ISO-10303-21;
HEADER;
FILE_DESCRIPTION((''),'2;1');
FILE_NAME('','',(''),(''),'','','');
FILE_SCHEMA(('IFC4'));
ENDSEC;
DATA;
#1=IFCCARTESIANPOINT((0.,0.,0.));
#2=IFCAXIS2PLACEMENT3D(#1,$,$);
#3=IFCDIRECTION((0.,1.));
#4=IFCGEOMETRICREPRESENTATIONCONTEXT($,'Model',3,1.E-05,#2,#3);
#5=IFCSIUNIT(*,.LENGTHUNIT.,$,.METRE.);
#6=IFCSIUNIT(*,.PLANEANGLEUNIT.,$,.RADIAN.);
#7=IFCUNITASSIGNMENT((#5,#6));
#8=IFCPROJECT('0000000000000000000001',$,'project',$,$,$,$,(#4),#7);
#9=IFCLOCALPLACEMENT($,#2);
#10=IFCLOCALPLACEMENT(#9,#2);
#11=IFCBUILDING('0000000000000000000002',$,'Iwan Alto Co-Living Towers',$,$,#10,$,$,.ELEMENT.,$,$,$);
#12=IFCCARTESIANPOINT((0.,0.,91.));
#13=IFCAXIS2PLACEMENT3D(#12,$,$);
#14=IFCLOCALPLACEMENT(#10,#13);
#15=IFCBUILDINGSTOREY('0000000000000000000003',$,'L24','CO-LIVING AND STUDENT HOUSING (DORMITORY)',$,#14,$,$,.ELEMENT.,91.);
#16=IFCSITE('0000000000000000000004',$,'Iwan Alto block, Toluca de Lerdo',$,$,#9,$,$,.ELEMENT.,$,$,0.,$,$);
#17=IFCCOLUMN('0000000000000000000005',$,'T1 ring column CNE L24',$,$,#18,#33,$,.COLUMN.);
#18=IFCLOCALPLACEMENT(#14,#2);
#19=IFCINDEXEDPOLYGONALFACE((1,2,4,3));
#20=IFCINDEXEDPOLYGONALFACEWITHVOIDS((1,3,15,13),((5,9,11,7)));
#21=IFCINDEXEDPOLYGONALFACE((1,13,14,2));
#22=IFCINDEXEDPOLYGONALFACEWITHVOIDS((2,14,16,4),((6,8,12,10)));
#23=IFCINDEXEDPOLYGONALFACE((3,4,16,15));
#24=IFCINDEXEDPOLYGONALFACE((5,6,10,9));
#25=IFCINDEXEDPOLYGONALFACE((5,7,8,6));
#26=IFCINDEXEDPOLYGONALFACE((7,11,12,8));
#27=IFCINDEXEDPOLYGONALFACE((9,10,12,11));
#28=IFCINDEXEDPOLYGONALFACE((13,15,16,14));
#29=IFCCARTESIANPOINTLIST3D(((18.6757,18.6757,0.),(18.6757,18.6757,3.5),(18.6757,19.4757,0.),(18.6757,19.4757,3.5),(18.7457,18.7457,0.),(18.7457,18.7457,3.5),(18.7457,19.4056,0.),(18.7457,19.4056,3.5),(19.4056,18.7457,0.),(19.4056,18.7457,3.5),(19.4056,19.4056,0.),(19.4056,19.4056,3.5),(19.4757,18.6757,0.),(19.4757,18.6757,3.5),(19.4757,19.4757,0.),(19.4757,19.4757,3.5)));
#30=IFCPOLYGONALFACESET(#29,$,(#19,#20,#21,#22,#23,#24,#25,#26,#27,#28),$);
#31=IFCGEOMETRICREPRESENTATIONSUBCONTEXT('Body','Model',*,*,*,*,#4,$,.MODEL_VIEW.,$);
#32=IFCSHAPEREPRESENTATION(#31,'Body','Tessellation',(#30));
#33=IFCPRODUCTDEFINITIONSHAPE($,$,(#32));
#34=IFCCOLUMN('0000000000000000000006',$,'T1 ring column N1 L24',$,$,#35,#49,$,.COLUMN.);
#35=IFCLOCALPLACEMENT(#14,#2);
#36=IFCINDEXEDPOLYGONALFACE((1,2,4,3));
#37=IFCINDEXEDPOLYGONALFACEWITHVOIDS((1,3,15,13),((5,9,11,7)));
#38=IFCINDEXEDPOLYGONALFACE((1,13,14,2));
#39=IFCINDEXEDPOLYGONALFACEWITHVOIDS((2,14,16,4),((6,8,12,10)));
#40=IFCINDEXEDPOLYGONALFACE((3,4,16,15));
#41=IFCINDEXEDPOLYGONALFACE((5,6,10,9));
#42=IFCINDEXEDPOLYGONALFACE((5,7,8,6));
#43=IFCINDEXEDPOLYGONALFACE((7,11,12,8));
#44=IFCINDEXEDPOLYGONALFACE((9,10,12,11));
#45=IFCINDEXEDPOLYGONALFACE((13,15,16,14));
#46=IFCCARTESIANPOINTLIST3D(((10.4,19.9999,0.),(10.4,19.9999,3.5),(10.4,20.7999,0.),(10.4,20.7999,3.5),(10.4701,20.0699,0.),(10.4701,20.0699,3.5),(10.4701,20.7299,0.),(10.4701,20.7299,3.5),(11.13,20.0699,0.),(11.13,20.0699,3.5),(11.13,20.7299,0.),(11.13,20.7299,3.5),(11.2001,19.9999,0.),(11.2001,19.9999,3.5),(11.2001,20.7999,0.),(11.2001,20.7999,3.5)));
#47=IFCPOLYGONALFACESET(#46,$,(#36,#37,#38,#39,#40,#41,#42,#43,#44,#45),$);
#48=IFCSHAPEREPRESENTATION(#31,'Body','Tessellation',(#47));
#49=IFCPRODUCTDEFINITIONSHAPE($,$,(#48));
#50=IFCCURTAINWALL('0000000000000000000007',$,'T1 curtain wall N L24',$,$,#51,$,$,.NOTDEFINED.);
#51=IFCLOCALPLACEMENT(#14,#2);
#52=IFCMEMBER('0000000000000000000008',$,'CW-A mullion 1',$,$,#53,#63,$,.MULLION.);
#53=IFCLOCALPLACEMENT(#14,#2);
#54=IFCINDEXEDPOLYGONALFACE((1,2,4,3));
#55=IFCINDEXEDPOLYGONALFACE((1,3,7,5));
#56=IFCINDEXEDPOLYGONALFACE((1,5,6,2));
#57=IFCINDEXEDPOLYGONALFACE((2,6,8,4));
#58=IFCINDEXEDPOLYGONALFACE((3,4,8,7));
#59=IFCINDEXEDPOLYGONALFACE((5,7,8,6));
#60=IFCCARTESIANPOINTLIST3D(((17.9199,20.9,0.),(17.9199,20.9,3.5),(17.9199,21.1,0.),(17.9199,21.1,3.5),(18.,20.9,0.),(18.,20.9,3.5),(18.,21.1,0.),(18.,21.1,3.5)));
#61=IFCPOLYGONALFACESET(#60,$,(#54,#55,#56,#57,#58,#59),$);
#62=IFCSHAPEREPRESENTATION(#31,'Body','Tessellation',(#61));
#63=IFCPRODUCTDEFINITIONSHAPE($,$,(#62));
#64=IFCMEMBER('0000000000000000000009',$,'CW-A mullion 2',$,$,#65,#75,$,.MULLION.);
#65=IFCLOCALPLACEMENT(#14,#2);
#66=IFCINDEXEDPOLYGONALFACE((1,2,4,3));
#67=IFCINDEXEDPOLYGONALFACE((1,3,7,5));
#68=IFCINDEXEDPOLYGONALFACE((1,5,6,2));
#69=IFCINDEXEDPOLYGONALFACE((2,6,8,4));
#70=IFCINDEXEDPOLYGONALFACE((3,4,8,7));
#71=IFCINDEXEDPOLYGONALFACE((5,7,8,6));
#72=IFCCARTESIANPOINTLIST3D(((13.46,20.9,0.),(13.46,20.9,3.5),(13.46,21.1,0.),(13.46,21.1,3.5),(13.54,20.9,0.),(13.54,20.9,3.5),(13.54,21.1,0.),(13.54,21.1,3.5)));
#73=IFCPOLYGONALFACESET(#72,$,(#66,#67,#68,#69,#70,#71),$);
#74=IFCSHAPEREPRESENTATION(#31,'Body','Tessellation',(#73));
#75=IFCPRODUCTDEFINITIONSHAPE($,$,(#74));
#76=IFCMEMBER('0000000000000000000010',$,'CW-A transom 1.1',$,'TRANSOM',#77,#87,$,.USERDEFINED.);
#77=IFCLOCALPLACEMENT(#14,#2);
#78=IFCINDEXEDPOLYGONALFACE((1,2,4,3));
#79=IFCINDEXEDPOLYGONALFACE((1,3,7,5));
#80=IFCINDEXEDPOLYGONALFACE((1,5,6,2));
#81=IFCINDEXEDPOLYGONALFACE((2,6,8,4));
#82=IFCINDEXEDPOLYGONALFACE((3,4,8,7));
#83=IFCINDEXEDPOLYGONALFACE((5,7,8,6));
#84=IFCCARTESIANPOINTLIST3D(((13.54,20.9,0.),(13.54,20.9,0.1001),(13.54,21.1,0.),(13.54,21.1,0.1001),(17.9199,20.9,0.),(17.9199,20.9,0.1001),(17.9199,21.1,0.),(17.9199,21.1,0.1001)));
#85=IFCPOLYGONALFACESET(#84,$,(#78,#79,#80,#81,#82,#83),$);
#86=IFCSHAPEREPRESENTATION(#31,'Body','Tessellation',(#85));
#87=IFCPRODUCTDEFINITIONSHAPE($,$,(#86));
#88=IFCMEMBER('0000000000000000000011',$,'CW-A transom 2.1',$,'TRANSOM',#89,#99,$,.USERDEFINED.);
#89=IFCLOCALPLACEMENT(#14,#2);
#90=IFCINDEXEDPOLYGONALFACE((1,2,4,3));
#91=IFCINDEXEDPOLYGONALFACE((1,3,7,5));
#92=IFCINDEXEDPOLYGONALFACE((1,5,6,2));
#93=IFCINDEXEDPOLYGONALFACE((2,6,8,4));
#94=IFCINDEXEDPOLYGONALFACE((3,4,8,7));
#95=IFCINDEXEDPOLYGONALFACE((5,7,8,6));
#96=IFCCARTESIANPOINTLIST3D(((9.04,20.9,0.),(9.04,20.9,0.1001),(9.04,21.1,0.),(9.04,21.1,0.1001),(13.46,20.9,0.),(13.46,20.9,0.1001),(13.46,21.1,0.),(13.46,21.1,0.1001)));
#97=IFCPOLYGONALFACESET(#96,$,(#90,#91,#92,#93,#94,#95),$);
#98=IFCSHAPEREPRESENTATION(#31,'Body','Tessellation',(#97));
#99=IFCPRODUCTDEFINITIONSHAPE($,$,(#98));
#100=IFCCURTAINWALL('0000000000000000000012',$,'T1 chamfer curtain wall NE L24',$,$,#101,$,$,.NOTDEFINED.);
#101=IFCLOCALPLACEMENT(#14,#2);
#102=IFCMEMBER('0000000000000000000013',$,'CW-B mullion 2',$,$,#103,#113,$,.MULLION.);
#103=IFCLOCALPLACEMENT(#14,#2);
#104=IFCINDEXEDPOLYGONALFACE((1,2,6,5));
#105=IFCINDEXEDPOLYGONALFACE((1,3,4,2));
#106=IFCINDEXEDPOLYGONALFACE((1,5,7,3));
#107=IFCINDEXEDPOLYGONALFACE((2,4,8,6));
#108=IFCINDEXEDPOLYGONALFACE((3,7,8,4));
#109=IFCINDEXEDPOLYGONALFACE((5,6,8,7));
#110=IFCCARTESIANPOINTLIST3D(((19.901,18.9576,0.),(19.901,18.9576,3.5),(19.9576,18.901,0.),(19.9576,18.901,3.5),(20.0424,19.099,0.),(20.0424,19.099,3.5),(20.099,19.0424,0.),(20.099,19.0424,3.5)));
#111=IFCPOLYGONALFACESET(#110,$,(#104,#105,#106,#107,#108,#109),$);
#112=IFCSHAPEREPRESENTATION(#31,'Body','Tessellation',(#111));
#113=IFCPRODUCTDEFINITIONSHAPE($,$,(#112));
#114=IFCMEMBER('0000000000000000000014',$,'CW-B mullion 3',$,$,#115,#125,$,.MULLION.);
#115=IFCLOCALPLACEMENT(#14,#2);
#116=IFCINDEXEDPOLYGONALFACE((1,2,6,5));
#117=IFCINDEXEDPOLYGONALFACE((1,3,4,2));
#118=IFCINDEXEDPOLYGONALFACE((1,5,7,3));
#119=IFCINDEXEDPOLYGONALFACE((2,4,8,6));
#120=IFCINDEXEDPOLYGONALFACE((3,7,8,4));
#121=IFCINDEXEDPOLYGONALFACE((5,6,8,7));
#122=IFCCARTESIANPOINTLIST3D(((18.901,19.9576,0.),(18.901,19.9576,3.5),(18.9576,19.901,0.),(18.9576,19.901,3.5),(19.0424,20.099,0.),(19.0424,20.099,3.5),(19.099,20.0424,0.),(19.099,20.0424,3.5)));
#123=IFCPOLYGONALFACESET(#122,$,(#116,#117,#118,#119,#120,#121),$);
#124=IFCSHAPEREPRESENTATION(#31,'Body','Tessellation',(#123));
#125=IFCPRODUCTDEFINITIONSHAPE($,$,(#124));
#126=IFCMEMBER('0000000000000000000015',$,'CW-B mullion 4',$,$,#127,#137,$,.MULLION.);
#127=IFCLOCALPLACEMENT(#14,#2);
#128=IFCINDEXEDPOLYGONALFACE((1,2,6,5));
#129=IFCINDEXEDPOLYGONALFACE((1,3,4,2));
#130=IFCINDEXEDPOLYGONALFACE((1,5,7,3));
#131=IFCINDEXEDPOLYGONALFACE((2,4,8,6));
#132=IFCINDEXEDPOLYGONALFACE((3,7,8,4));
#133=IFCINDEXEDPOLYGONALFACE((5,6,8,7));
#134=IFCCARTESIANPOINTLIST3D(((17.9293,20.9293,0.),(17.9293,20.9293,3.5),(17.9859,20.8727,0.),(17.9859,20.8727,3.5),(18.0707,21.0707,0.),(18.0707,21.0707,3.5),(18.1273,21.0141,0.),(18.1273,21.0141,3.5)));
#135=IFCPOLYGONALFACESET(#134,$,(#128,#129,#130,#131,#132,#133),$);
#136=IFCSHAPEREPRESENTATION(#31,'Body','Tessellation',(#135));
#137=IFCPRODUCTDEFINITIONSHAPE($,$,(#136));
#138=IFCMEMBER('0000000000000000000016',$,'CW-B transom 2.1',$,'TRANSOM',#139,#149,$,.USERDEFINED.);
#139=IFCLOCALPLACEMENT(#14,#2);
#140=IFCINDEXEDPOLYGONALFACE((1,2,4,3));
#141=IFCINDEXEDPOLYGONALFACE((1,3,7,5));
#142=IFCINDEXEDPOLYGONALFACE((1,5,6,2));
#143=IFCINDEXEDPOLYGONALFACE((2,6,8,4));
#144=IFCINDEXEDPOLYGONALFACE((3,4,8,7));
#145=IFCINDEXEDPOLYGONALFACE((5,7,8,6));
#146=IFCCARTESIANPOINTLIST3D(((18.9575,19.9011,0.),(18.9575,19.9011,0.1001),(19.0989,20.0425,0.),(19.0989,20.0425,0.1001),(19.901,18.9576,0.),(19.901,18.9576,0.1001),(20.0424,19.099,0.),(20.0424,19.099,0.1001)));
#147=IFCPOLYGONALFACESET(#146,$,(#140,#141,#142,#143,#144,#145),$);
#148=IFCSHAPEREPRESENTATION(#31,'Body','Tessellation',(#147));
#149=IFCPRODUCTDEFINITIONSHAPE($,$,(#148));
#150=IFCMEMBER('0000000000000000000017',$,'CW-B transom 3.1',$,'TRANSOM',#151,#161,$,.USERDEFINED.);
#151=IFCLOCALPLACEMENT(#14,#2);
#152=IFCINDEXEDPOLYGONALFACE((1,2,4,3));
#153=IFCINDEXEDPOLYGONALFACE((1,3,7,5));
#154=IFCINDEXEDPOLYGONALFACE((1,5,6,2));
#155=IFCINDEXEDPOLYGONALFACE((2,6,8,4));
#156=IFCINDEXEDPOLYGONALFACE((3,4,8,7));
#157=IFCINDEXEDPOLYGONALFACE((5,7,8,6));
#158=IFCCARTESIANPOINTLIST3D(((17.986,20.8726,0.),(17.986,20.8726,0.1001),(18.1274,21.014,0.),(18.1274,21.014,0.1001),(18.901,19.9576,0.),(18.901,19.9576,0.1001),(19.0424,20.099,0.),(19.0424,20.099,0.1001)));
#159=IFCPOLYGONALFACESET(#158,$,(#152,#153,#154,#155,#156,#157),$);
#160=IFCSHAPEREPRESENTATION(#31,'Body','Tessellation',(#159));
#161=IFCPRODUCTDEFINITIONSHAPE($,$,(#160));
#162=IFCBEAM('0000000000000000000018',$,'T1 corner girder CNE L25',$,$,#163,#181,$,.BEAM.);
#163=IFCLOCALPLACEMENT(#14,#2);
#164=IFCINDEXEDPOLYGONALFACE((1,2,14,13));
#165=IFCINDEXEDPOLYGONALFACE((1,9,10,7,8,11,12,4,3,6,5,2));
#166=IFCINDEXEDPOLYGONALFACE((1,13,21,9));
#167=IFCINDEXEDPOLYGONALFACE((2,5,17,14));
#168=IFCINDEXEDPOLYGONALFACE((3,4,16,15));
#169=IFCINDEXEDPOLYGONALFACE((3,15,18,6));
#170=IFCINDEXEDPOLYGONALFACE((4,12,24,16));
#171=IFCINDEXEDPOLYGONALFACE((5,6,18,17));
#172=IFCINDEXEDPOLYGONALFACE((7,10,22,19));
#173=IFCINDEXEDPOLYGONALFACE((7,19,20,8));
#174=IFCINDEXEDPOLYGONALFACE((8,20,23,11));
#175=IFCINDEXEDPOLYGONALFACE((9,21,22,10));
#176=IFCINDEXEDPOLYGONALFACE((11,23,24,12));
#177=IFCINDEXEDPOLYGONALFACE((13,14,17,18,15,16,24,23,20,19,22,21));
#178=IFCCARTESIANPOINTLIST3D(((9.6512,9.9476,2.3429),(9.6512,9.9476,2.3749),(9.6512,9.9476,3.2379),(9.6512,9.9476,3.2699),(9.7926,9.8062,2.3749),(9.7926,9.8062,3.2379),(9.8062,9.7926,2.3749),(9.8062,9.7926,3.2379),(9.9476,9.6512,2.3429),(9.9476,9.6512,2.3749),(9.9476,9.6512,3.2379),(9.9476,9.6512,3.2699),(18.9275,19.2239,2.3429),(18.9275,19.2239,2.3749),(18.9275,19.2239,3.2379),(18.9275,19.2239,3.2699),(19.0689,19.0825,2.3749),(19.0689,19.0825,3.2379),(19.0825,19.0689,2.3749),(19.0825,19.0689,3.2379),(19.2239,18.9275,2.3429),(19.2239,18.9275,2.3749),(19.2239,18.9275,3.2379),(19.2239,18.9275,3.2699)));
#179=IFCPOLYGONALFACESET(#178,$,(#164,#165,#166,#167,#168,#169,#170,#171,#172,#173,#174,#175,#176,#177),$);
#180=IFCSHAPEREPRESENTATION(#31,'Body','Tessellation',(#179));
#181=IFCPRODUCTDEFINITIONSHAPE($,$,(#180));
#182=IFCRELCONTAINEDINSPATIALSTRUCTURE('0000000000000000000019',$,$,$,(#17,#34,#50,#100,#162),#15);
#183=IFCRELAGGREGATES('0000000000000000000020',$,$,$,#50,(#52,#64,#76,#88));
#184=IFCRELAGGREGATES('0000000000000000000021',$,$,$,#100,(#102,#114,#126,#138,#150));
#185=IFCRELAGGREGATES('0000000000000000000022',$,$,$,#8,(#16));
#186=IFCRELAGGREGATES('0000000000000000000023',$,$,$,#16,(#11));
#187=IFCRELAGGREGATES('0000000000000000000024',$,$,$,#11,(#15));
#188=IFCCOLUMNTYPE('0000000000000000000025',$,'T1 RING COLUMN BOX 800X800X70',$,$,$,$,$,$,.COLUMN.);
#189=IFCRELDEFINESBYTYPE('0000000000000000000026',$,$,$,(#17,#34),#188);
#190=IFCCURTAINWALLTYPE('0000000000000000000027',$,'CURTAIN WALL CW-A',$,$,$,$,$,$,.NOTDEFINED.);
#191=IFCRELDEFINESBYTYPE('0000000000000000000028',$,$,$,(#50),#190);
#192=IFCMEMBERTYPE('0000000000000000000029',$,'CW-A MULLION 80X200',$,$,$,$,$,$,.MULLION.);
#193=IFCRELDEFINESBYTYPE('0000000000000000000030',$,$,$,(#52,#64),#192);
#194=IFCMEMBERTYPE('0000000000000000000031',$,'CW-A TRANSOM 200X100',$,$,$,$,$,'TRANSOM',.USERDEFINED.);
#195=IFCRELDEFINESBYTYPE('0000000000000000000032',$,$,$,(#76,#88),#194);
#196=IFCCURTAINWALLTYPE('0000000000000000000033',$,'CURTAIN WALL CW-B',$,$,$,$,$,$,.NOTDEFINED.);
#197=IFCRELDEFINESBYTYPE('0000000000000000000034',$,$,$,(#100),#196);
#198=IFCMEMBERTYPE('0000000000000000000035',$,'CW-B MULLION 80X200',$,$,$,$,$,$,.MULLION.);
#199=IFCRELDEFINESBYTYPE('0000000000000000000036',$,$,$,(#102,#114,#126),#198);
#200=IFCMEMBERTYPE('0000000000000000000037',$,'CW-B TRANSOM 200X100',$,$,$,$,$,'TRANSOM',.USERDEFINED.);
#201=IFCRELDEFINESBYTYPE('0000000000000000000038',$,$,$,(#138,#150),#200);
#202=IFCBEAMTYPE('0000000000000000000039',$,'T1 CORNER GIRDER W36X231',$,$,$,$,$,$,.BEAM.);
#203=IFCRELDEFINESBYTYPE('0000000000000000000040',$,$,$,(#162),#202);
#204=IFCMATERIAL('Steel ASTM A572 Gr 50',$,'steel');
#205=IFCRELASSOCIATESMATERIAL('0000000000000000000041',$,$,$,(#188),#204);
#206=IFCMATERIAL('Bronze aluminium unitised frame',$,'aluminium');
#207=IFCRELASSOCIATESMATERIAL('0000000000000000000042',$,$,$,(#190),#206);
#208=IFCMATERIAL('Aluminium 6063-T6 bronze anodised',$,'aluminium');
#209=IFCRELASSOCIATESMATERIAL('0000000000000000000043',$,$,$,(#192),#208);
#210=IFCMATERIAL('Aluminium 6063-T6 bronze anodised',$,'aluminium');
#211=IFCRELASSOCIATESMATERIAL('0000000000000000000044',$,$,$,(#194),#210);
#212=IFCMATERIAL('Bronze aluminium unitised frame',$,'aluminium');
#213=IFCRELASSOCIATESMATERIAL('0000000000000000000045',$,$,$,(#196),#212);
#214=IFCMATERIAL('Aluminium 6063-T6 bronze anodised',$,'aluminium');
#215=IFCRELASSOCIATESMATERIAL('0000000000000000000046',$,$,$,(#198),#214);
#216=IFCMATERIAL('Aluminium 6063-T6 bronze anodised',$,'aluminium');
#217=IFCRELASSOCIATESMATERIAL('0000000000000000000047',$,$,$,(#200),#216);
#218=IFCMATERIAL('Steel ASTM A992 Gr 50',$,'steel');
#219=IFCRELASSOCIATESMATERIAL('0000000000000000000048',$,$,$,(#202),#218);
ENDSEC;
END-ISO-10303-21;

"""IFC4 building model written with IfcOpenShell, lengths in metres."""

from ifc_helpers import new_model, si_unit, direction, frame, origin, origin_2d, place, context, subcontext, project, spatial, rectangle, hollow_rectangle, i_section, extrude, material, material_profile, profile_set, type_object, element, aggregate, save


model = new_model("IFC4")

# Units and contexts
model_context = context("Model", 3, precision=1e-05, world=origin(), true_north=direction((0.0, 1.0)))
body_context = subcontext(model_context, "Body", "Model", "MODEL_VIEW")
ifc_project = project(units=[si_unit("LENGTHUNIT", "METRE"), si_unit("PLANEANGLEUNIT", "RADIAN")], contexts=[model_context])

# Site, building, storey
site_placement = place(None, origin())
site = spatial("IfcSite", under=ifc_project, at=site_placement, Name="Iwan Alto block, Toluca de Lerdo", CompositionType="ELEMENT", RefElevation=0.0)
building_placement = place(site_placement, origin())
building = spatial("IfcBuilding", under=site, at=building_placement, Name="Iwan Alto Co-Living Towers", CompositionType="ELEMENT")
storey_placement = place(building_placement, frame((0.0, 0.0, 91.0)))
storey = spatial("IfcBuildingStorey", under=building, at=storey_placement, Name="L24", Description="CO-LIVING AND STUDENT HOUSING (DORMITORY)", CompositionType="ELEMENT", Elevation=91.0)

# Columns
ifc_material_1 = material(Name="Steel ASTM A572 Gr 50", Category="steel")
ifc_material_profile_1 = material_profile(ifc_material_1, hollow_rectangle(XDim=0.8, YDim=0.8, WallThickness=0.0701, at=origin_2d()), Name="BOX 800X800X70")
ifc_profile_set_1 = profile_set([ifc_material_profile_1], Name="Steel ASTM A572 Gr 50")
column_type = type_object("IfcColumnType", Name="T1 RING COLUMN BOX 800X800X70", PredefinedType="COLUMN", material=ifc_profile_set_1)
for number, where, z_axis, x_axis, name in (
    (1, (19.0757, 19.0757, 0.0), (0.0, 0.0, 1.0), (1.0, 0.0, 0.0), "T1 ring column CNE L24"),
    (2, (10.8, 20.3999, 0.0), (0.0, 0.0, 1.0), (1.0, 0.0, 0.0), "T1 ring column N1 L24"),
):
    element("IfcColumn", number, at=place(storey_placement, frame(where, z_axis=z_axis, x_axis=x_axis)), inside=storey, type_object=column_type, Name=name, PredefinedType="COLUMN", context=body_context, shape_type="SweptSolid", body=[
        extrude(hollow_rectangle(XDim=0.8, YDim=0.8, WallThickness=0.0701, at=origin_2d()), origin(), (0.0, 0.0, 1.0), 3.5),
    ])

# Curtain walls, members
ifc_material_2 = material(Name="Bronze aluminium unitised frame", Category="aluminium")
curtain_wall_type_1 = type_object("IfcCurtainWallType", Name="CURTAIN WALL CW-A", PredefinedType="NOTDEFINED", material=ifc_material_2)
curtain_wall_1_placement = place(storey_placement, origin())
curtain_wall_1 = element("IfcCurtainWall", 3, at=curtain_wall_1_placement, inside=storey, type_object=curtain_wall_type_1, Name="T1 curtain wall N L24", PredefinedType="NOTDEFINED")
ifc_material_3 = material(Name="Aluminium 6063-T6 bronze anodised", Category="aluminium")
ifc_material_profile_2 = material_profile(ifc_material_3, rectangle(XDim=0.2, YDim=0.0801, at=origin_2d()), Name="AL 80X200")
ifc_profile_set_2 = profile_set([ifc_material_profile_2], Name="Aluminium 6063-T6 bronze anodised")
member_type_1 = type_object("IfcMemberType", Name="CW-A MULLION 80X200", PredefinedType="MULLION", material=ifc_profile_set_2)
member_1_placement = place(storey_placement, frame((17.96, 21.0, 0.0), z_axis=(0.0, 0.0, 1.0), x_axis=(0.0, -1.0, 0.0)))
member_1 = element("IfcMember", 4, at=member_1_placement, type_object=member_type_1, Name="CW-A mullion 1", PredefinedType="MULLION", context=body_context, shape_type="SweptSolid", body=[
    extrude(rectangle(XDim=0.2, YDim=0.0801, at=origin_2d()), origin(), (0.0, 0.0, 1.0), 3.5),
])
member_2_placement = place(storey_placement, frame((13.5, 21.0, 0.0), z_axis=(0.0, 0.0, 1.0), x_axis=(0.0, -1.0, 0.0)))
member_2 = element("IfcMember", 5, at=member_2_placement, type_object=member_type_1, Name="CW-A mullion 2", PredefinedType="MULLION", context=body_context, shape_type="SweptSolid", body=[
    extrude(rectangle(XDim=0.2, YDim=0.0801, at=origin_2d()), origin(), (0.0, 0.0, 1.0), 3.5),
])
ifc_material_4 = material(Name="Aluminium 6063-T6 bronze anodised", Category="aluminium")
ifc_material_profile_3 = material_profile(ifc_material_4, rectangle(XDim=0.2, YDim=0.1001, at=origin_2d()), Name="AL 200X100")
ifc_profile_set_3 = profile_set([ifc_material_profile_3], Name="Aluminium 6063-T6 bronze anodised")
member_type_2 = type_object("IfcMemberType", Name="CW-A TRANSOM 200X100", ElementType="TRANSOM", PredefinedType="USERDEFINED", material=ifc_profile_set_3)
member_3_placement = place(storey_placement, frame((17.9199, 21.0, 0.05), z_axis=(-1.0, 0.0, 0.0), x_axis=(0.0, -1.0, 0.0)))
member_3 = element("IfcMember", 6, at=member_3_placement, type_object=member_type_2, Name="CW-A transom 1.1", ObjectType="TRANSOM", PredefinedType="USERDEFINED", context=body_context, shape_type="SweptSolid", body=[
    extrude(rectangle(XDim=0.2, YDim=0.1001, at=origin_2d()), origin(), (0.0, 0.0, 1.0), 4.3799),
])
member_4_placement = place(storey_placement, frame((13.46, 21.0, 0.05), z_axis=(-1.0, 0.0, 0.0), x_axis=(0.0, -1.0, 0.0)))
member_4 = element("IfcMember", 7, at=member_4_placement, type_object=member_type_2, Name="CW-A transom 2.1", ObjectType="TRANSOM", PredefinedType="USERDEFINED", context=body_context, shape_type="SweptSolid", body=[
    extrude(rectangle(XDim=0.2, YDim=0.1001, at=origin_2d()), origin(), (0.0, 0.0, 1.0), 4.4199),
])
ifc_material_5 = material(Name="Bronze aluminium unitised frame", Category="aluminium")
curtain_wall_type_2 = type_object("IfcCurtainWallType", Name="CURTAIN WALL CW-B", PredefinedType="NOTDEFINED", material=ifc_material_5)
curtain_wall_2_placement = place(storey_placement, origin())
curtain_wall_2 = element("IfcCurtainWall", 8, at=curtain_wall_2_placement, inside=storey, type_object=curtain_wall_type_2, Name="T1 chamfer curtain wall NE L24", PredefinedType="NOTDEFINED")
ifc_material_6 = material(Name="Aluminium 6063-T6 bronze anodised", Category="aluminium")
ifc_material_profile_4 = material_profile(ifc_material_6, rectangle(XDim=0.2, YDim=0.0801, at=origin_2d()), Name="AL 80X200")
ifc_profile_set_4 = profile_set([ifc_material_profile_4], Name="Aluminium 6063-T6 bronze anodised")
member_type_3 = type_object("IfcMemberType", Name="CW-B MULLION 80X200", PredefinedType="MULLION", material=ifc_profile_set_4)
member_5_placement = place(storey_placement, frame((20.0, 19.0, 0.0), z_axis=(0.0, 0.0, 1.0), x_axis=(-0.707107, -0.707107, 0.0)))
member_5 = element("IfcMember", 9, at=member_5_placement, type_object=member_type_3, Name="CW-B mullion 2", PredefinedType="MULLION", context=body_context, shape_type="SweptSolid", body=[
    extrude(rectangle(XDim=0.2, YDim=0.0801, at=origin_2d()), origin(), (0.0, 0.0, 1.0), 3.5),
])
member_6_placement = place(storey_placement, frame((19.0, 20.0, 0.0), z_axis=(0.0, 0.0, 1.0), x_axis=(-0.707107, -0.707107, 0.0)))
member_6 = element("IfcMember", 10, at=member_6_placement, type_object=member_type_3, Name="CW-B mullion 3", PredefinedType="MULLION", context=body_context, shape_type="SweptSolid", body=[
    extrude(rectangle(XDim=0.2, YDim=0.0801, at=origin_2d()), origin(), (0.0, 0.0, 1.0), 3.5),
])
member_7_placement = place(storey_placement, frame((18.0283, 20.9717, 0.0), z_axis=(0.0, 0.0, 1.0), x_axis=(-0.707107, -0.707107, 0.0)))
member_7 = element("IfcMember", 11, at=member_7_placement, type_object=member_type_3, Name="CW-B mullion 4", PredefinedType="MULLION", context=body_context, shape_type="SweptSolid", body=[
    extrude(rectangle(XDim=0.2, YDim=0.0801, at=origin_2d()), origin(), (0.0, 0.0, 1.0), 3.5),
])
ifc_material_7 = material(Name="Aluminium 6063-T6 bronze anodised", Category="aluminium")
ifc_material_profile_5 = material_profile(ifc_material_7, rectangle(XDim=0.2, YDim=0.1001, at=origin_2d()), Name="AL 200X100")
ifc_profile_set_5 = profile_set([ifc_material_profile_5], Name="Aluminium 6063-T6 bronze anodised")
member_type_4 = type_object("IfcMemberType", Name="CW-B TRANSOM 200X100", ElementType="TRANSOM", PredefinedType="USERDEFINED", material=ifc_profile_set_5)
member_8_placement = place(storey_placement, frame((19.9717, 19.0283, 0.05), z_axis=(-0.707107, 0.707107, 0.0), x_axis=(-0.707107, -0.707107, 0.0)))
member_8 = element("IfcMember", 12, at=member_8_placement, type_object=member_type_4, Name="CW-B transom 2.1", ObjectType="TRANSOM", PredefinedType="USERDEFINED", context=body_context, shape_type="SweptSolid", body=[
    extrude(rectangle(XDim=0.2, YDim=0.1001, at=origin_2d()), origin(), (0.0, 0.0, 1.0), 1.3342),
])
member_9_placement = place(storey_placement, frame((18.9717, 20.0283, 0.05), z_axis=(-0.707107, 0.707107, 0.0), x_axis=(-0.707107, -0.707107, 0.0)))
member_9 = element("IfcMember", 13, at=member_9_placement, type_object=member_type_4, Name="CW-B transom 3.1", ObjectType="TRANSOM", PredefinedType="USERDEFINED", context=body_context, shape_type="SweptSolid", body=[
    extrude(rectangle(XDim=0.2, YDim=0.1001, at=origin_2d()), origin(), (0.0, 0.0, 1.0), 1.2939),
])

# Beam
ifc_material_8 = material(Name="Steel ASTM A992 Gr 50", Category="steel")
ifc_material_profile_6 = material_profile(ifc_material_8, i_section(OverallWidth=0.4192, OverallDepth=0.927, WebThickness=0.0193, FlangeThickness=0.032, at=origin_2d()), Name="W36X231")
ifc_profile_set_6 = profile_set([ifc_material_profile_6], Name="Steel ASTM A992 Gr 50")
beam_type_1 = type_object("IfcBeamType", Name="T1 CORNER GIRDER W36X231", PredefinedType="BEAM", material=ifc_profile_set_6)
beam_1_placement = place(storey_placement, frame((19.0757, 19.0757, 2.8064), z_axis=(-0.707107, -0.707107, 0.0), x_axis=(0.707107, -0.707107, 0.0)))
element("IfcBeam", 14, at=beam_1_placement, inside=storey, type_object=beam_type_1, Name="T1 corner girder CNE L25", PredefinedType="BEAM", context=body_context, shape_type="SweptSolid", body=[
    extrude(i_section(OverallWidth=0.4192, OverallDepth=0.927, WebThickness=0.0193, FlangeThickness=0.032, at=origin_2d()), origin(), (0.0, 0.0, 1.0), 13.1187),
])

aggregate(curtain_wall_1, [member_1, member_2, member_3, member_4])
aggregate(curtain_wall_2, [member_5, member_6, member_7, member_8, member_9])

save(model, "model.ifc")
